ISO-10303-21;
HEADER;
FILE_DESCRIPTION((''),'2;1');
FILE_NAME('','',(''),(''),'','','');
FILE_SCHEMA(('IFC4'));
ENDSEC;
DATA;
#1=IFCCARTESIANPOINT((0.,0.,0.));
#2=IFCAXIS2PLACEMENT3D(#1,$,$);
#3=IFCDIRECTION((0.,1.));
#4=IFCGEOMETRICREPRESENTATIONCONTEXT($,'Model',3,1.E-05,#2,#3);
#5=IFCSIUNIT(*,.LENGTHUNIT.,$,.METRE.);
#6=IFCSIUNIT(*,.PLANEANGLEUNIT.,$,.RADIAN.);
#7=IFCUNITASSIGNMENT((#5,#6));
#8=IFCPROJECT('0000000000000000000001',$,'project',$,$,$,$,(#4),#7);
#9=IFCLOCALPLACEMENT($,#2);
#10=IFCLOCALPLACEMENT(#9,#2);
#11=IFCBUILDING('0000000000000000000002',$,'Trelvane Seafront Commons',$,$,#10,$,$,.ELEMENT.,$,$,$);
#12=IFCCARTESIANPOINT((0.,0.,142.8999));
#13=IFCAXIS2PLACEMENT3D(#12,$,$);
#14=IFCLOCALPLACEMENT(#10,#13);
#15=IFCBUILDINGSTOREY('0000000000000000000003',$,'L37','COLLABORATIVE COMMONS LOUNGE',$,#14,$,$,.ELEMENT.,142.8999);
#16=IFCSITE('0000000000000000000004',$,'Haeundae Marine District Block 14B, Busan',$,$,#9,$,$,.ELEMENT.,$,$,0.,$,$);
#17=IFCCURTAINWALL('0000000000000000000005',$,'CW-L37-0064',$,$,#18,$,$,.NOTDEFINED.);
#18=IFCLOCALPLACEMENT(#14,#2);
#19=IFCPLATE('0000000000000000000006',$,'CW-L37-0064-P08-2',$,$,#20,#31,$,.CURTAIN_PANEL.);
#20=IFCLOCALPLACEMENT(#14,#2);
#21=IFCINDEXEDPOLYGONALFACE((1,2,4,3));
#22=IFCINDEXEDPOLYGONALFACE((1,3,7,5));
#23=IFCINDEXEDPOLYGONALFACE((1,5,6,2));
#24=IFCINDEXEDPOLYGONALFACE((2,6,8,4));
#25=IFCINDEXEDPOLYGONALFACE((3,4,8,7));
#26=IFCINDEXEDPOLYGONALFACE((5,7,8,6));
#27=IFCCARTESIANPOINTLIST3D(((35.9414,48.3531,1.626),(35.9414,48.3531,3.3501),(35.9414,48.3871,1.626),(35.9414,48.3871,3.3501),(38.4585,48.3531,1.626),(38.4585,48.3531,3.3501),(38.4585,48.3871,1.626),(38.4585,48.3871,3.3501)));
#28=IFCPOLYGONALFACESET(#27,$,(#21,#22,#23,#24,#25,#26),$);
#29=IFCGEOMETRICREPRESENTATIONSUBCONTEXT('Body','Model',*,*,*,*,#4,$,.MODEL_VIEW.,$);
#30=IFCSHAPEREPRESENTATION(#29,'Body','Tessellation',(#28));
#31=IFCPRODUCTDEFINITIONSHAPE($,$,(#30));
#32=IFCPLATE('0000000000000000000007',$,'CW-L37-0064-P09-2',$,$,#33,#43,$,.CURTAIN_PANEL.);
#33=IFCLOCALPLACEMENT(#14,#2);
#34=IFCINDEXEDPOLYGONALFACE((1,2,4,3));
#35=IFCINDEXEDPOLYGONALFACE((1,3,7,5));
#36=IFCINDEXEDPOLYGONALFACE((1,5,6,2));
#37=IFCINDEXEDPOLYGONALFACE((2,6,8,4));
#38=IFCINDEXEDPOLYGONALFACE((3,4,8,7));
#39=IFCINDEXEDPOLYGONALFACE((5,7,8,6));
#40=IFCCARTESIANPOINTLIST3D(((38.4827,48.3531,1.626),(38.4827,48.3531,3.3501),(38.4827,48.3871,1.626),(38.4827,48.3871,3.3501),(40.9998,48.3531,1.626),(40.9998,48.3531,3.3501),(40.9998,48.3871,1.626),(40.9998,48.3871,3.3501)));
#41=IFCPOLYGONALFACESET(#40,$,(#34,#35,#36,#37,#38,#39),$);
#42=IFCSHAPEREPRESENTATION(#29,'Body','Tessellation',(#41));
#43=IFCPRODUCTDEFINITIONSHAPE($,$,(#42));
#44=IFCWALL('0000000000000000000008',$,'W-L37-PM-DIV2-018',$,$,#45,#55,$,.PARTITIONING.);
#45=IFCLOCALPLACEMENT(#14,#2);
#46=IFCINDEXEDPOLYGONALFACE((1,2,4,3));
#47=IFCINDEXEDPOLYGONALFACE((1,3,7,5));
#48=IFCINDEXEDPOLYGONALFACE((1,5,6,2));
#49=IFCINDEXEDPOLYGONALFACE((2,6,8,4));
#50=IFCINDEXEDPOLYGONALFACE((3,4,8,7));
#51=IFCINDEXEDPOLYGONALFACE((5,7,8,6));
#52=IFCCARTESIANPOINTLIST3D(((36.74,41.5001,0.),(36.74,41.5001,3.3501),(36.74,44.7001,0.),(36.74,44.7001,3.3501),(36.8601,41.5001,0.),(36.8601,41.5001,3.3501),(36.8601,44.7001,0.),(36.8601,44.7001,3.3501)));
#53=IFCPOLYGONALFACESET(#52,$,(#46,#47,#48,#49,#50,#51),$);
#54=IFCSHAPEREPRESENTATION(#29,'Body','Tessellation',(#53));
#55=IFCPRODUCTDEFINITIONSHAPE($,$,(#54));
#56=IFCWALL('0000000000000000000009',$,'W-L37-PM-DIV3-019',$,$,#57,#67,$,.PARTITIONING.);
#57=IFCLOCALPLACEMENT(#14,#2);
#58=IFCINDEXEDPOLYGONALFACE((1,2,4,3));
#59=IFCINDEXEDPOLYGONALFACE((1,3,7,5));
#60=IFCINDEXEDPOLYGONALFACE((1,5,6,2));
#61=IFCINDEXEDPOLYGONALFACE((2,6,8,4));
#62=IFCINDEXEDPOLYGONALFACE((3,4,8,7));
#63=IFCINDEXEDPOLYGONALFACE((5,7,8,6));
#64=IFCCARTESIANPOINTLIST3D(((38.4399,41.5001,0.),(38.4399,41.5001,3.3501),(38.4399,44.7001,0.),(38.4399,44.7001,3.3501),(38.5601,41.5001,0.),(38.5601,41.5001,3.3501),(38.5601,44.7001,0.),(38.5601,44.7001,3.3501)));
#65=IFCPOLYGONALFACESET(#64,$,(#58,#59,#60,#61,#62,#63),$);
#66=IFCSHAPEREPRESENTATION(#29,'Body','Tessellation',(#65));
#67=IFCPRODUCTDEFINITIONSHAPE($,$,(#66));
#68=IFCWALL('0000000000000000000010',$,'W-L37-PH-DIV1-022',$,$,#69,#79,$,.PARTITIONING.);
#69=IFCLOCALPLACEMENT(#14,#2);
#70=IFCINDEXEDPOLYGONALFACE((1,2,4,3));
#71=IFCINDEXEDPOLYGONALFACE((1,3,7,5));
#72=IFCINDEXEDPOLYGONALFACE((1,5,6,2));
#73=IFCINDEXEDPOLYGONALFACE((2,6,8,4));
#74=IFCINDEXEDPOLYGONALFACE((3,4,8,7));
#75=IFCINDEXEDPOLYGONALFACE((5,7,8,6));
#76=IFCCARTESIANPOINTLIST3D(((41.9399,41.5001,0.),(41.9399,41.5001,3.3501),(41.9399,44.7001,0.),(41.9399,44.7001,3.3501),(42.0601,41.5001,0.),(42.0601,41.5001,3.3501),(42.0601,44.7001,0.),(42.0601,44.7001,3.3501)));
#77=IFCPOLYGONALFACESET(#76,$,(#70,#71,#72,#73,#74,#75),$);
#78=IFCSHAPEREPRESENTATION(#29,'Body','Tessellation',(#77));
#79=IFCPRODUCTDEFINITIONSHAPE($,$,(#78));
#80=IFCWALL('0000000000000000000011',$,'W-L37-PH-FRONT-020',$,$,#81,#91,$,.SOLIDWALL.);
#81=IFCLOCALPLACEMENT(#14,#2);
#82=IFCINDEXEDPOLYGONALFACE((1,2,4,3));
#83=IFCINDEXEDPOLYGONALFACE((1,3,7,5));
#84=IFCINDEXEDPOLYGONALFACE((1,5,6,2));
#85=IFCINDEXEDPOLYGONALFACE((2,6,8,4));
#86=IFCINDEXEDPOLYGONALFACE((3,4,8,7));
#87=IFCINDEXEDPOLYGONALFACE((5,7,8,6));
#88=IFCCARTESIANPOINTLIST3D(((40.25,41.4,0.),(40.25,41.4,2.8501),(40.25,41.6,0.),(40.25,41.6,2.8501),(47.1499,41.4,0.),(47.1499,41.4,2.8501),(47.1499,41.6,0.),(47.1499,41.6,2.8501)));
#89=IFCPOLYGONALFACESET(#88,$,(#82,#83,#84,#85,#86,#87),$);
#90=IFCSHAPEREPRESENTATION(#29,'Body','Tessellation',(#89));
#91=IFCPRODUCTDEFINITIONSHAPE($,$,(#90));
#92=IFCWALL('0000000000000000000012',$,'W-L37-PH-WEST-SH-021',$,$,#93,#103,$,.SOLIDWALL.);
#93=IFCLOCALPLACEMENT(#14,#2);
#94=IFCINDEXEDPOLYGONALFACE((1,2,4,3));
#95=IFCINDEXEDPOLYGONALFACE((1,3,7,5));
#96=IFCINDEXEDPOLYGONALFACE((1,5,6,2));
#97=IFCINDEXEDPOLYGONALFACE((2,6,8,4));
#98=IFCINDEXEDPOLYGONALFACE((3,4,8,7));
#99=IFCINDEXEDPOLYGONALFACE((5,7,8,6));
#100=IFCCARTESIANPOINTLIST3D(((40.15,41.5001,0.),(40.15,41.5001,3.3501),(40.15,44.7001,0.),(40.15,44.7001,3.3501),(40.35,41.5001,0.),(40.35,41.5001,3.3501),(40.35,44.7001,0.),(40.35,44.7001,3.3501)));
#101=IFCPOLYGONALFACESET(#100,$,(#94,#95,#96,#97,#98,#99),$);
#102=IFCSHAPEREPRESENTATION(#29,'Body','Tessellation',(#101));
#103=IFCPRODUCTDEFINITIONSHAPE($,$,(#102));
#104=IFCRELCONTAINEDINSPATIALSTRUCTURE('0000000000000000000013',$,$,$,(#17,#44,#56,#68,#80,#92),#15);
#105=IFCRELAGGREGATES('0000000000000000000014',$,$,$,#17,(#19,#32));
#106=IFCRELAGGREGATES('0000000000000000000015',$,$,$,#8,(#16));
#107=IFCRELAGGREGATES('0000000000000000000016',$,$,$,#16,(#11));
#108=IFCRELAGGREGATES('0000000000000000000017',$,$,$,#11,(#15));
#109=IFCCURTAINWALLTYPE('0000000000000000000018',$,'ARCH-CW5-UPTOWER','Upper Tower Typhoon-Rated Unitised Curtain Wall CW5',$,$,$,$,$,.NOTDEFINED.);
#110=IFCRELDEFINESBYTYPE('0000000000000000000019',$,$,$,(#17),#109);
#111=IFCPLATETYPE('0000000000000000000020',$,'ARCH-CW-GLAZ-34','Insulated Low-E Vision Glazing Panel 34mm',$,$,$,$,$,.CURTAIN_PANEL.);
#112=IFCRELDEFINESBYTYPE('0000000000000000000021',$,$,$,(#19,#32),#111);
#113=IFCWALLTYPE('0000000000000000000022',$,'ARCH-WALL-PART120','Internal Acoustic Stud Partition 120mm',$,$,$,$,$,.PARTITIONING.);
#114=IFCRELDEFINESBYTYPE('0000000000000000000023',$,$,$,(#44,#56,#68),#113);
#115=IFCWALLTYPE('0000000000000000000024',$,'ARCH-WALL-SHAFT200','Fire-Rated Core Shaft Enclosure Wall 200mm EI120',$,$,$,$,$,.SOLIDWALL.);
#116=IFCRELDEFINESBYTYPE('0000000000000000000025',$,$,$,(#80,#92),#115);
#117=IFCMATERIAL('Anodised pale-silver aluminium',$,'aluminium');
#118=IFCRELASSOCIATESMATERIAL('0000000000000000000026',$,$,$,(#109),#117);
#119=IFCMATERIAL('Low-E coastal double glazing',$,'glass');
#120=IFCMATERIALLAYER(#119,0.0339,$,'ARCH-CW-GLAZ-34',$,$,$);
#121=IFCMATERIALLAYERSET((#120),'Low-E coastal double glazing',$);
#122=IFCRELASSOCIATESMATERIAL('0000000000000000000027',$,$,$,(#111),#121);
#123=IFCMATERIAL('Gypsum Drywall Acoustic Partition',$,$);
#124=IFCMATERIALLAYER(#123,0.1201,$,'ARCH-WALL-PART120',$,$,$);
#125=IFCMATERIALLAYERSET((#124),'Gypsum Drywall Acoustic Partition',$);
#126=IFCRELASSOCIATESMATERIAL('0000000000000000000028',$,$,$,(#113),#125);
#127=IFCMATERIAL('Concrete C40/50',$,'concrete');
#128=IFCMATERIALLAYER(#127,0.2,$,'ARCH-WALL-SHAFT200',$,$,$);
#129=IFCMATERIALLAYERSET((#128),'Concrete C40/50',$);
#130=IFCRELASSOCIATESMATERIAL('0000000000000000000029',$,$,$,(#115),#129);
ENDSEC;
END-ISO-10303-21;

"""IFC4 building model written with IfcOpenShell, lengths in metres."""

from ifc_helpers import new_model, si_unit, direction, frame, frame_2d, origin, origin_2d, place, context, subcontext, project, spatial, rectangle, extrude, source, transform, mapped, material, layer, layer_set, type_object, element, aggregate, save


model = new_model("IFC4")

# Units and contexts
model_context = context("Model", 3, precision=1e-05, world=origin(), true_north=direction((0.0, 1.0)))
body_context = subcontext(model_context, "Body", "Model", "MODEL_VIEW")
ifc_project = project(units=[si_unit("LENGTHUNIT", "METRE"), si_unit("PLANEANGLEUNIT", "RADIAN")], contexts=[model_context])

# Site, building, storey
site_placement = place(None, origin())
site = spatial("IfcSite", under=ifc_project, at=site_placement, Name="Haeundae Marine District Block 14B, Busan", CompositionType="ELEMENT", RefElevation=0.0)
building_placement = place(site_placement, origin())
building = spatial("IfcBuilding", under=site, at=building_placement, Name="Trelvane Seafront Commons", CompositionType="ELEMENT")
storey_placement = place(building_placement, frame((0.0, 0.0, 142.8999)))
storey = spatial("IfcBuildingStorey", under=building, at=storey_placement, Name="L37", Description="COLLABORATIVE COMMONS LOUNGE", CompositionType="ELEMENT", Elevation=142.8999)

# Curtain wall
ifc_material_1 = material(Name="Anodised pale-silver aluminium", Category="aluminium")
curtain_wall_type = type_object("IfcCurtainWallType", Name="ARCH-CW5-UPTOWER", Description="Upper Tower Typhoon-Rated Unitised Curtain Wall CW5", PredefinedType="NOTDEFINED", material=ifc_material_1)
curtain_wall_placement = place(storey_placement, origin())
curtain_wall = element("IfcCurtainWall", 1, at=curtain_wall_placement, inside=storey, type_object=curtain_wall_type, Name="CW-L37-0064", PredefinedType="NOTDEFINED")

# Plates
ifc_material_2 = material(Name="Low-E coastal double glazing", Category="glass")
ifc_layer_1 = layer(ifc_material_2, 0.0339, Name="ARCH-CW-GLAZ-34")
ifc_layer_set_1 = layer_set([ifc_layer_1], Name="Low-E coastal double glazing")
plate_type_1 = type_object("IfcPlateType", Name="ARCH-CW-GLAZ-34", Description="Insulated Low-E Vision Glazing Panel 34mm", PredefinedType="CURTAIN_PANEL", material=ifc_layer_set_1)
shared_shape_1 = source(origin(), body_context, "Body", "SweptSolid", [
    extrude(rectangle(XDim=2.5171, YDim=0.0339, at=origin_2d()), origin(), (0.0, 0.0, 1.0), 1.7241),
])
plate_1_placement = place(storey_placement, frame((37.2, 48.3701, 1.626), z_axis=(0.0, 0.0, 1.0), x_axis=(1.0, 0.0, 0.0)))
plate_1 = element("IfcPlate", 2, at=plate_1_placement, type_object=plate_type_1, Name="CW-L37-0064-P08-2", PredefinedType="CURTAIN_PANEL", context=body_context, shape_type="MappedRepresentation", body=[
    mapped(shared_shape_1, transform((0.0, 0.0, 0.0), x_axis=(1.0, 0.0, 0.0), y_axis=(0.0, 1.0, 0.0), z_axis=(0.0, 0.0, 1.0), scale=1.0)),
])
plate_2_placement = place(storey_placement, frame((39.7412, 48.3701, 1.626), z_axis=(0.0, 0.0, 1.0), x_axis=(1.0, 0.0, 0.0)))
plate_2 = element("IfcPlate", 3, at=plate_2_placement, type_object=plate_type_1, Name="CW-L37-0064-P09-2", PredefinedType="CURTAIN_PANEL", context=body_context, shape_type="MappedRepresentation", body=[
    mapped(shared_shape_1, transform((0.0, 0.0, 0.0), x_axis=(1.0, 0.0, 0.0), y_axis=(0.0, 1.0, 0.0), z_axis=(0.0, 0.0, 1.0), scale=1.0)),
])
aggregate(curtain_wall, [plate_1, plate_2])

# Walls
ifc_material_3 = material(Name="Gypsum Drywall Acoustic Partition")
ifc_layer_2 = layer(ifc_material_3, 0.1201, Name="ARCH-WALL-PART120")
ifc_layer_set_2 = layer_set([ifc_layer_2], Name="Gypsum Drywall Acoustic Partition")
wall_type_1 = type_object("IfcWallType", Name="ARCH-WALL-PART120", Description="Internal Acoustic Stud Partition 120mm", PredefinedType="PARTITIONING", material=ifc_layer_set_2)
for number, where, z_axis, x_axis, name in (
    (4, (36.8, 41.5, 0.0), (0.0, 0.0, 1.0), (0.0, 1.0, 0.0), "W-L37-PM-DIV2-018"),
    (5, (38.5, 41.5, 0.0), (0.0, 0.0, 1.0), (0.0, 1.0, 0.0), "W-L37-PM-DIV3-019"),
    (6, (42.0, 41.5, 0.0), (0.0, 0.0, 1.0), (0.0, 1.0, 0.0), "W-L37-PH-DIV1-022"),
):
    element("IfcWall", number, at=place(storey_placement, frame(where, z_axis=z_axis, x_axis=x_axis)), inside=storey, type_object=wall_type_1, Name=name, PredefinedType="PARTITIONING", context=body_context, shape_type="SweptSolid", body=[
        extrude(rectangle(XDim=3.2, YDim=0.1201, at=frame_2d((1.6001, 0.0))), origin(), (0.0, 0.0, 1.0), 3.3501),
    ])

# Walls
ifc_material_4 = material(Name="Concrete C40/50", Category="concrete")
ifc_layer_3 = layer(ifc_material_4, 0.2, Name="ARCH-WALL-SHAFT200")
ifc_layer_set_3 = layer_set([ifc_layer_3], Name="Concrete C40/50")
wall_type_2 = type_object("IfcWallType", Name="ARCH-WALL-SHAFT200", Description="Fire-Rated Core Shaft Enclosure Wall 200mm EI120", PredefinedType="SOLIDWALL", material=ifc_layer_set_3)
wall_1_placement = place(storey_placement, frame((40.25, 41.5, 0.0), z_axis=(0.0, 0.0, 1.0), x_axis=(1.0, 0.0, 0.0)))
element("IfcWall", 7, at=wall_1_placement, inside=storey, type_object=wall_type_2, Name="W-L37-PH-FRONT-020", PredefinedType="SOLIDWALL", context=body_context, shape_type="SweptSolid", body=[
    extrude(rectangle(XDim=6.8999, YDim=0.2, at=frame_2d((3.45, 0.0))), origin(), (0.0, 0.0, 1.0), 2.8501),
])
wall_2_placement = place(storey_placement, frame((40.25, 41.5, 0.0), z_axis=(0.0, 0.0, 1.0), x_axis=(0.0, 1.0, 0.0)))
element("IfcWall", 8, at=wall_2_placement, inside=storey, type_object=wall_type_2, Name="W-L37-PH-WEST-SH-021", PredefinedType="SOLIDWALL", context=body_context, shape_type="SweptSolid", body=[
    extrude(rectangle(XDim=3.2, YDim=0.2, at=frame_2d((1.6001, 0.0))), origin(), (0.0, 0.0, 1.0), 3.3501),
])

save(model, "model.ifc")
